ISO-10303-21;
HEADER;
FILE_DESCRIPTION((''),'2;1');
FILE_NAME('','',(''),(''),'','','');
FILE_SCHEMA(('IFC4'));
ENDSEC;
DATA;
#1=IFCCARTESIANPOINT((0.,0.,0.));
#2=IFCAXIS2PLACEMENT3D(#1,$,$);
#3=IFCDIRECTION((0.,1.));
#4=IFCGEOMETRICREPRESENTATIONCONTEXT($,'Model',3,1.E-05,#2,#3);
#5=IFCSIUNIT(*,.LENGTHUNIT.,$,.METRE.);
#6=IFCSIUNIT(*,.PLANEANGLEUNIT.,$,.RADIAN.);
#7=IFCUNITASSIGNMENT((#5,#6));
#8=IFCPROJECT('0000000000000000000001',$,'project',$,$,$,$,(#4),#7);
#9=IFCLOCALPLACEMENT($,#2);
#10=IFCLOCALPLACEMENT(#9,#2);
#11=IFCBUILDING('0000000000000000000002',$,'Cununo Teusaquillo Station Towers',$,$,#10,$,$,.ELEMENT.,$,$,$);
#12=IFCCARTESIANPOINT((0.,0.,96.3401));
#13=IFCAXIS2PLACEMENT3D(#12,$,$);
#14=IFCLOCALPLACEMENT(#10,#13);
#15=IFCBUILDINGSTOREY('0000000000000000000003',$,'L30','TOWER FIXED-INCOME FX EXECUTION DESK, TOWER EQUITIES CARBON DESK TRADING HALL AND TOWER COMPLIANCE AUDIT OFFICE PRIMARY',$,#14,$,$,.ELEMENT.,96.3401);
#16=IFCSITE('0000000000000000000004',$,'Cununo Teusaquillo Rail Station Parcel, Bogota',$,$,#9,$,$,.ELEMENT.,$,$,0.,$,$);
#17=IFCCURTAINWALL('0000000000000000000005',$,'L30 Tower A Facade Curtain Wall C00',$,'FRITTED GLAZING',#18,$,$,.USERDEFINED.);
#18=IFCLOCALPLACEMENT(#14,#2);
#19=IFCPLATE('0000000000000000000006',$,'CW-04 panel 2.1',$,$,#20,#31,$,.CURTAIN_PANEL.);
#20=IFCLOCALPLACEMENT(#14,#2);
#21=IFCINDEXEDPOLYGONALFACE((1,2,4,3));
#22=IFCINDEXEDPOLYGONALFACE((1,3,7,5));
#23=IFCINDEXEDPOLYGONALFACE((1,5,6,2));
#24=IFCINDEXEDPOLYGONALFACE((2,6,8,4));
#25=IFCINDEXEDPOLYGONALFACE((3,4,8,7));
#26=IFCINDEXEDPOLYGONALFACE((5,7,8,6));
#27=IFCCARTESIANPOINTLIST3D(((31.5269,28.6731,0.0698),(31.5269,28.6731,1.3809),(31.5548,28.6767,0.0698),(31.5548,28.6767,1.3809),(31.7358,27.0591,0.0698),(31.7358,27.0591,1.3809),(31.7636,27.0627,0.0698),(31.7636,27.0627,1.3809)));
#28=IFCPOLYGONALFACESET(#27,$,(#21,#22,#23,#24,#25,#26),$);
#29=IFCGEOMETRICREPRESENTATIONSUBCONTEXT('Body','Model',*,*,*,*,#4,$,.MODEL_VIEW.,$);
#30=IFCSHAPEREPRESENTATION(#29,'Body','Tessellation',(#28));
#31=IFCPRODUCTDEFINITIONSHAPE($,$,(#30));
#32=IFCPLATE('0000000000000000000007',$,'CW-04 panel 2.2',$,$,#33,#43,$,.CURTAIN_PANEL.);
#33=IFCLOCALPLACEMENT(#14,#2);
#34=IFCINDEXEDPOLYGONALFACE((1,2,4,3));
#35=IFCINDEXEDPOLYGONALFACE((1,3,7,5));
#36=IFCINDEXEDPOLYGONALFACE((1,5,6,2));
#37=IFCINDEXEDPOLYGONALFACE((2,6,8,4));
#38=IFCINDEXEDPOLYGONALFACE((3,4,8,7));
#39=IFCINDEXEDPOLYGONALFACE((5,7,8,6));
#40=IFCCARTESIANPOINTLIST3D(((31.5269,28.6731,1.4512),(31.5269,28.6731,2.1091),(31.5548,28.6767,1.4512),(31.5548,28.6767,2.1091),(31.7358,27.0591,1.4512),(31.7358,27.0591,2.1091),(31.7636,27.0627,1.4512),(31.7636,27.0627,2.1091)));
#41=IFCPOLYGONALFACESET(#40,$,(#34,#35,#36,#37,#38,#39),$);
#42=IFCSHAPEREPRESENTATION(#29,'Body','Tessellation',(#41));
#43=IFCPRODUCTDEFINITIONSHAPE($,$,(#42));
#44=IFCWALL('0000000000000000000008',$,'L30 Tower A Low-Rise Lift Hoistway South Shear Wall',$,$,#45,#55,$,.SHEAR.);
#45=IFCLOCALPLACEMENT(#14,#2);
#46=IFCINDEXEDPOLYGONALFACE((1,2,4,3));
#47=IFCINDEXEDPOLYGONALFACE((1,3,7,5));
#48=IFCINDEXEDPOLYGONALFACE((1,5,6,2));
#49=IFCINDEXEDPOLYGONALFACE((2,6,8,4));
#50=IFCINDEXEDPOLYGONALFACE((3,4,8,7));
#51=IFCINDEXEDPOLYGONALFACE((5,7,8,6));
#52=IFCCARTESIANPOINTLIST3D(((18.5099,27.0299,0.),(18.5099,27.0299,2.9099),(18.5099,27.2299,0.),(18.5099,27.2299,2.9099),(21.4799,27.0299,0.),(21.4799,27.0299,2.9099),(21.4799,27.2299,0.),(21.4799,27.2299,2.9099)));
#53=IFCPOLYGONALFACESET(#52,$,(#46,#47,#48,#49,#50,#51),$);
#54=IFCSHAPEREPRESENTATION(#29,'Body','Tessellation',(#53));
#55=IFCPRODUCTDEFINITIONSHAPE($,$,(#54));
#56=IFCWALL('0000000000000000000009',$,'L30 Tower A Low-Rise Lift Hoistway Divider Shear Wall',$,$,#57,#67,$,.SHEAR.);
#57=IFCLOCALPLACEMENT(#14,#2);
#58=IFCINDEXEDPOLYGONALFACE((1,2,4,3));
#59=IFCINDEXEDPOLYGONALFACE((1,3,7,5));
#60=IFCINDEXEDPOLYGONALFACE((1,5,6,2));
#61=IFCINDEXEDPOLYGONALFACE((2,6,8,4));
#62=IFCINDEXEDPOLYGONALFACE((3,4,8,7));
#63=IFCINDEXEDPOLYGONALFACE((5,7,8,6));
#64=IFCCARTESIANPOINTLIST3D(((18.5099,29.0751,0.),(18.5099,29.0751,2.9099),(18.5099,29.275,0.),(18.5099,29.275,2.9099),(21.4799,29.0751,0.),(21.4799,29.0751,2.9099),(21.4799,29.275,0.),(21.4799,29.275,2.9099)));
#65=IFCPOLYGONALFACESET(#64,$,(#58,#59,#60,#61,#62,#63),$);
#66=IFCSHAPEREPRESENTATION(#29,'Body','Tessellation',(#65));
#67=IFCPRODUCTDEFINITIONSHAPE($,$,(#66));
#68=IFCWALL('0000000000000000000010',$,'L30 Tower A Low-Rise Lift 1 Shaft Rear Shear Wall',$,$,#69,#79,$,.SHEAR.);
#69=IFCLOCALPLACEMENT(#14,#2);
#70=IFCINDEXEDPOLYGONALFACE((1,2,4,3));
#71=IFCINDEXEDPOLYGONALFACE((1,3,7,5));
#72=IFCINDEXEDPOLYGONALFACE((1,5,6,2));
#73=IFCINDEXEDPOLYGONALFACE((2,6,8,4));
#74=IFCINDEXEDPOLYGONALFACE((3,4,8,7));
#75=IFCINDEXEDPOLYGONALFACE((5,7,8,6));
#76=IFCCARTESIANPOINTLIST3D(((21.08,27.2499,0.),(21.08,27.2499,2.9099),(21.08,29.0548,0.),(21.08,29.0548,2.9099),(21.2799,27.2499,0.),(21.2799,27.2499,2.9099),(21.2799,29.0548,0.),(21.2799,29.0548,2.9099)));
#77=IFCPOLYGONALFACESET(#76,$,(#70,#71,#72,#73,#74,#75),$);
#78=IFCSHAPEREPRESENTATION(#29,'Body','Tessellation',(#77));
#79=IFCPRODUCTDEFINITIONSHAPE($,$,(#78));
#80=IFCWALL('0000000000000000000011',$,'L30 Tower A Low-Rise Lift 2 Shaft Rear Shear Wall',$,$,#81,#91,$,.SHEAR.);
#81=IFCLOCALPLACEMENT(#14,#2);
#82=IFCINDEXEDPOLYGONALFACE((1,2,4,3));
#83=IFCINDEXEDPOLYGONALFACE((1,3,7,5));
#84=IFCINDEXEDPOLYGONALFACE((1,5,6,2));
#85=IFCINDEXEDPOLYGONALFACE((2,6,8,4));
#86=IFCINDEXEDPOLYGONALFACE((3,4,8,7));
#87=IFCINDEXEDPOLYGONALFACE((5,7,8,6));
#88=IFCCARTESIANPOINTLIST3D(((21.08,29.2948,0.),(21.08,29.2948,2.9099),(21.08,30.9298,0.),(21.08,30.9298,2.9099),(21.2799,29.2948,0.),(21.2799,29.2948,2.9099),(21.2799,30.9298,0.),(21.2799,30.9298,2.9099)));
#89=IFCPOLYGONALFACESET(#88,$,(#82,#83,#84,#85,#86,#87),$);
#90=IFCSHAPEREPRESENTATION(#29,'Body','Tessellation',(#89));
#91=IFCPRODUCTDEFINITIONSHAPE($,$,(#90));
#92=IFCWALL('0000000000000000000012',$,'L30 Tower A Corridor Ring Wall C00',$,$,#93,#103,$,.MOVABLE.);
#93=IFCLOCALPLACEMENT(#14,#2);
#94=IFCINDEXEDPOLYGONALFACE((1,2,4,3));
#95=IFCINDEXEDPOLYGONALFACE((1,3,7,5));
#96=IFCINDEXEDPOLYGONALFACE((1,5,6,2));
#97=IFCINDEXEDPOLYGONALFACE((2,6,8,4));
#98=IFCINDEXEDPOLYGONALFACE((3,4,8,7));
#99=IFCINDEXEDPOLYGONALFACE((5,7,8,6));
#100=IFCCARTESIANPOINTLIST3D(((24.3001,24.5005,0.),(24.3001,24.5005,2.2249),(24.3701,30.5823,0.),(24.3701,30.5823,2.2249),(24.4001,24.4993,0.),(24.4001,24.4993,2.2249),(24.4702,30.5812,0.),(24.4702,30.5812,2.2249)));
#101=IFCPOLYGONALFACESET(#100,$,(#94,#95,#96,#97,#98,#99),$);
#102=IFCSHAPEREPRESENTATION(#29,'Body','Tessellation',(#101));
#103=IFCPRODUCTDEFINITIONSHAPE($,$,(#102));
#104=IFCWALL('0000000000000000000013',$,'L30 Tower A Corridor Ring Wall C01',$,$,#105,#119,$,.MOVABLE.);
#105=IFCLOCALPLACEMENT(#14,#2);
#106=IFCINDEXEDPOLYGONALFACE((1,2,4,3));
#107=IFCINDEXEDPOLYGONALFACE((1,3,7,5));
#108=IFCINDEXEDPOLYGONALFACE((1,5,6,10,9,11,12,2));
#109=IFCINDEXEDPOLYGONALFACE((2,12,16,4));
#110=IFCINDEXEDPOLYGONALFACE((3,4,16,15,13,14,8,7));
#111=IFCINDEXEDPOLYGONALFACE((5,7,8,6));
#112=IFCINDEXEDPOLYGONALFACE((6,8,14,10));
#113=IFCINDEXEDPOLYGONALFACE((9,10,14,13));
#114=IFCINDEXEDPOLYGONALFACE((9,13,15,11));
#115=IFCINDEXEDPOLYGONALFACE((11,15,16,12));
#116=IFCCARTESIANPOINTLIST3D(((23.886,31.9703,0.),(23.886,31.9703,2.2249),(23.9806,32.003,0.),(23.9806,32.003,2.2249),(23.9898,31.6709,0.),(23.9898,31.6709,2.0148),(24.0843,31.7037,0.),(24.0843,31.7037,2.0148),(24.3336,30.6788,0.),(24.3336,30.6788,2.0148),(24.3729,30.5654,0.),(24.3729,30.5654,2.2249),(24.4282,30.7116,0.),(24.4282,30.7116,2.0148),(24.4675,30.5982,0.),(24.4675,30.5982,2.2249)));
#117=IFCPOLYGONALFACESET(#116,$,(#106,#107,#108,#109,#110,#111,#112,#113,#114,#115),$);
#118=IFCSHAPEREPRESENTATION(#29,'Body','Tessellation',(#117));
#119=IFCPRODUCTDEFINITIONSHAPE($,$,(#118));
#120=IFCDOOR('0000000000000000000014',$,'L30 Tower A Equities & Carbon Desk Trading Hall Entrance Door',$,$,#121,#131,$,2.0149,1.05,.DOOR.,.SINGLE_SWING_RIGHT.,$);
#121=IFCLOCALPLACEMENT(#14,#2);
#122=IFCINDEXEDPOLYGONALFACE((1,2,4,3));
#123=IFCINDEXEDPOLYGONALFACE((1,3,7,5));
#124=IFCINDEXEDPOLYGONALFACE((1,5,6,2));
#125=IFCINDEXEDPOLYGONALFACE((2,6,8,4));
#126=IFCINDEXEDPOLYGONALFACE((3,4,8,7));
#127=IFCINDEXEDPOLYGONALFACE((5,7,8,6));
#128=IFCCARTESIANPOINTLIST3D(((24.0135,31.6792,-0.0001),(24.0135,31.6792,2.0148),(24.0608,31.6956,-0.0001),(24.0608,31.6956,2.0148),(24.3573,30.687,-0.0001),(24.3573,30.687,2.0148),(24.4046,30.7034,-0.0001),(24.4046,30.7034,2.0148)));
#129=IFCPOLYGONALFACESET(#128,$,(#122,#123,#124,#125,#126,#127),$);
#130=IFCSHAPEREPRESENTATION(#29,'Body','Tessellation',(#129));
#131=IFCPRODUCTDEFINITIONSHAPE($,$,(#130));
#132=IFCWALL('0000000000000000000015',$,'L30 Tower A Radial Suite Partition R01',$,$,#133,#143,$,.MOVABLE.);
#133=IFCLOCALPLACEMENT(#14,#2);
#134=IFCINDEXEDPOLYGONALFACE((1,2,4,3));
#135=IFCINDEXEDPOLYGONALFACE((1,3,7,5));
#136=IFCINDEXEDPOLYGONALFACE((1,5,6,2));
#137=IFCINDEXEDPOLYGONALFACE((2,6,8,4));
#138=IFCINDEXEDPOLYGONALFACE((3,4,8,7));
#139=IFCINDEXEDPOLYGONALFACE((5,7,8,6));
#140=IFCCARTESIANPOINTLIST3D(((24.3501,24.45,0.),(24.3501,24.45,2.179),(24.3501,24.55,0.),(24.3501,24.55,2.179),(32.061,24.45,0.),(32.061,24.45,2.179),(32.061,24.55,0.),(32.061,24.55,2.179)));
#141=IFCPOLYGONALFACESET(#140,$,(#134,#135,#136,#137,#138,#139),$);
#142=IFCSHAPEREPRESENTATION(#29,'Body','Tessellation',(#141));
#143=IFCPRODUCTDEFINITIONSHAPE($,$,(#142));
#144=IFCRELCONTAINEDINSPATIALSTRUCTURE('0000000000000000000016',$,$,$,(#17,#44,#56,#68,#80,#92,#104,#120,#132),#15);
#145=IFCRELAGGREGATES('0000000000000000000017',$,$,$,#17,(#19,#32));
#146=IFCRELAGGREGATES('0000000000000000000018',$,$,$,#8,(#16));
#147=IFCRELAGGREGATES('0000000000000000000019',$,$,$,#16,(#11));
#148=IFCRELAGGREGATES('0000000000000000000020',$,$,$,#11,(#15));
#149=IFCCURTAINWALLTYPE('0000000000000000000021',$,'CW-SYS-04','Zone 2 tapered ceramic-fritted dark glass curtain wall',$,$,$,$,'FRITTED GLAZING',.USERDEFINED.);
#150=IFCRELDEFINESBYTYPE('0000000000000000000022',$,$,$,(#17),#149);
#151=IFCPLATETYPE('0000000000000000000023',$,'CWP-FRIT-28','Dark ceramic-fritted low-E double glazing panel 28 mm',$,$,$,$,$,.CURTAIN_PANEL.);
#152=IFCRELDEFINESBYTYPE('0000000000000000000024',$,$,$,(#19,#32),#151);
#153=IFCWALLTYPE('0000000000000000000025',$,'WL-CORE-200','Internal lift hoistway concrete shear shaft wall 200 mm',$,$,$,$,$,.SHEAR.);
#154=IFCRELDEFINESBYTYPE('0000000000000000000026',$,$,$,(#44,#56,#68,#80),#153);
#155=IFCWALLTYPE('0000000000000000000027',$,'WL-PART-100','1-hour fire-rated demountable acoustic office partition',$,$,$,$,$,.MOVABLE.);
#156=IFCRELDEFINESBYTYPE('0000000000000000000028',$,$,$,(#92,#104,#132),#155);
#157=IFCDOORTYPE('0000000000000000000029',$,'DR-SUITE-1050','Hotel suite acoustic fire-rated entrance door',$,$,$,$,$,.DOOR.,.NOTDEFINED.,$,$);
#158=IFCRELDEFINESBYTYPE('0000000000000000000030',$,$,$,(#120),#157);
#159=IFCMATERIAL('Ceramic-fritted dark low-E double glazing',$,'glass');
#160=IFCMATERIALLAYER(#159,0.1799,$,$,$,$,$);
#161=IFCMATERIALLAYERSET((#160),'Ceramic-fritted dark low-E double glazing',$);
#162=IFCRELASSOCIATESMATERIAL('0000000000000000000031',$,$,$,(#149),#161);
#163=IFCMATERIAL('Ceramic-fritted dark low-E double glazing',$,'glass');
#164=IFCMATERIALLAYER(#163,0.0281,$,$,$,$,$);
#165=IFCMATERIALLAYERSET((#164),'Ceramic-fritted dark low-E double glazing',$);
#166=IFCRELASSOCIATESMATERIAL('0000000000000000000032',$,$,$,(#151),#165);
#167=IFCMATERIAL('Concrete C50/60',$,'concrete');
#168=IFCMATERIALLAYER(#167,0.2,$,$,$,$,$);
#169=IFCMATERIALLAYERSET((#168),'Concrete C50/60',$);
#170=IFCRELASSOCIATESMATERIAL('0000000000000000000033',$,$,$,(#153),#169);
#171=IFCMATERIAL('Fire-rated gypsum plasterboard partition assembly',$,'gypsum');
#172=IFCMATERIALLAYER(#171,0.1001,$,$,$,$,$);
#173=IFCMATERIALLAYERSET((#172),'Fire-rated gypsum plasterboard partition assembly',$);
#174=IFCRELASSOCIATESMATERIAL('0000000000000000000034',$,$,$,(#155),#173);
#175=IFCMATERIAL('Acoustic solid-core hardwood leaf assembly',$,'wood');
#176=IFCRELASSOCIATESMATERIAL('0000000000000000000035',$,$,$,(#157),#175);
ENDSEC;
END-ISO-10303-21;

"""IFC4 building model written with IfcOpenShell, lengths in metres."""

from ifc_helpers import new_model, si_unit, direction, frame, frame_2d, origin, origin_2d, place, context, subcontext, project, spatial, rectangle, extrude, source, transform, mapped, material, layer, layer_set, type_object, element, fill, aggregate, save


model = new_model("IFC4")

# Units and contexts
model_context = context("Model", 3, precision=1e-05, world=origin(), true_north=direction((0.0, 1.0)))
body_context = subcontext(model_context, "Body", "Model", "MODEL_VIEW")
ifc_project = project(units=[si_unit("LENGTHUNIT", "METRE"), si_unit("PLANEANGLEUNIT", "RADIAN")], contexts=[model_context])

# Site, building, storey
site_placement = place(None, origin())
site = spatial("IfcSite", under=ifc_project, at=site_placement, Name="Cununo Teusaquillo Rail Station Parcel, Bogota", CompositionType="ELEMENT", RefElevation=0.0)
building_placement = place(site_placement, origin())
building = spatial("IfcBuilding", under=site, at=building_placement, Name="Cununo Teusaquillo Station Towers", CompositionType="ELEMENT")
storey_placement = place(building_placement, frame((0.0, 0.0, 96.3401)))
storey = spatial("IfcBuildingStorey", under=building, at=storey_placement, Name="L30", Description="TOWER FIXED-INCOME FX EXECUTION DESK, TOWER EQUITIES CARBON DESK TRADING HALL AND TOWER COMPLIANCE AUDIT OFFICE PRIMARY", CompositionType="ELEMENT", Elevation=96.3401)

# Curtain wall, plates
ifc_material_1 = material(Name="Ceramic-fritted dark low-E double glazing", Category="glass")
ifc_layer_1 = layer(ifc_material_1, 0.1799)
ifc_layer_set_1 = layer_set([ifc_layer_1], Name="Ceramic-fritted dark low-E double glazing")
curtain_wall_type = type_object("IfcCurtainWallType", Name="CW-SYS-04", Description="Zone 2 tapered ceramic-fritted dark glass curtain wall", ElementType="FRITTED GLAZING", PredefinedType="USERDEFINED", material=ifc_layer_set_1)
curtain_wall_placement = place(storey_placement, origin())
curtain_wall = element("IfcCurtainWall", 1, at=curtain_wall_placement, inside=storey, type_object=curtain_wall_type, Name="L30 Tower A Facade Curtain Wall C00", ObjectType="FRITTED GLAZING", PredefinedType="USERDEFINED")
ifc_material_2 = material(Name="Ceramic-fritted dark low-E double glazing", Category="glass")
ifc_layer_2 = layer(ifc_material_2, 0.0281)
ifc_layer_set_2 = layer_set([ifc_layer_2], Name="Ceramic-fritted dark low-E double glazing")
plate_type = type_object("IfcPlateType", Name="CWP-FRIT-28", Description="Dark ceramic-fritted low-E double glazing panel 28 mm", PredefinedType="CURTAIN_PANEL", material=ifc_layer_set_2)
shared_shape_1 = source(origin(), body_context, "Body", "SweptSolid", [
    extrude(rectangle(XDim=1.6274, YDim=0.0281, at=origin_2d()), origin(), (0.0, 0.0, 1.0), 1.311),
])
plate_1_placement = place(storey_placement, frame((31.6453, 27.8679, 0.0698), z_axis=(0.0, 0.0, 1.0), x_axis=(0.128336, -0.991731, 0.0)))
plate_1 = element("IfcPlate", 2, at=plate_1_placement, type_object=plate_type, Name="CW-04 panel 2.1", PredefinedType="CURTAIN_PANEL", context=body_context, shape_type="MappedRepresentation", body=[
    mapped(shared_shape_1, transform((0.0, 0.0, 0.0), x_axis=(1.0, 0.0, 0.0), y_axis=(0.0, 1.0, 0.0), z_axis=(0.0, 0.0, 1.0), scale=1.0)),
])
shared_shape_2 = source(origin(), body_context, "Body", "SweptSolid", [
    extrude(rectangle(XDim=1.6274, YDim=0.0281, at=origin_2d()), origin(), (0.0, 0.0, 1.0), 0.658),
])
plate_2_placement = place(storey_placement, frame((31.6453, 27.8679, 1.4512), z_axis=(0.0, 0.0, 1.0), x_axis=(0.128336, -0.991731, 0.0)))
plate_2 = element("IfcPlate", 3, at=plate_2_placement, type_object=plate_type, Name="CW-04 panel 2.2", PredefinedType="CURTAIN_PANEL", context=body_context, shape_type="MappedRepresentation", body=[
    mapped(shared_shape_2, transform((0.0, 0.0, 0.0), x_axis=(1.0, 0.0, 0.0), y_axis=(0.0, 1.0, 0.0), z_axis=(0.0, 0.0, 1.0), scale=1.0)),
])
aggregate(curtain_wall, [plate_1, plate_2])

# Walls
ifc_material_3 = material(Name="Concrete C50/60", Category="concrete")
ifc_layer_3 = layer(ifc_material_3, 0.2)
ifc_layer_set_3 = layer_set([ifc_layer_3], Name="Concrete C50/60")
wall_type_1 = type_object("IfcWallType", Name="WL-CORE-200", Description="Internal lift hoistway concrete shear shaft wall 200 mm", PredefinedType="SHEAR", material=ifc_layer_set_3)
for number, where, z_axis, x_axis, name in (
    (4, (18.51, 27.1299, 0.0), (0.0, 0.0, 1.0), (1.0, 0.0, 0.0), "L30 Tower A Low-Rise Lift Hoistway South Shear Wall"),
    (5, (18.51, 29.175, 0.0), (0.0, 0.0, 1.0), (1.0, 0.0, 0.0), "L30 Tower A Low-Rise Lift Hoistway Divider Shear Wall"),
):
    element("IfcWall", number, at=place(storey_placement, frame(where, z_axis=z_axis, x_axis=x_axis)), inside=storey, type_object=wall_type_1, Name=name, PredefinedType="SHEAR", context=body_context, shape_type="SweptSolid", body=[
        extrude(rectangle(XDim=2.97, YDim=0.2, at=frame_2d((1.4849, 0.0))), origin(), (0.0, 0.0, 1.0), 2.9099),
    ])
wall_1_placement = place(storey_placement, frame((21.1799, 27.25, 0.0), z_axis=(0.0, 0.0, 1.0), x_axis=(0.0, 1.0, 0.0)))
element("IfcWall", 6, at=wall_1_placement, inside=storey, type_object=wall_type_1, Name="L30 Tower A Low-Rise Lift 1 Shaft Rear Shear Wall", PredefinedType="SHEAR", context=body_context, shape_type="SweptSolid", body=[
    extrude(rectangle(XDim=1.8049, YDim=0.2, at=frame_2d((0.9023, 0.0))), origin(), (0.0, 0.0, 1.0), 2.9099),
])
wall_2_placement = place(storey_placement, frame((21.1799, 29.2949, 0.0), z_axis=(0.0, 0.0, 1.0), x_axis=(0.0, 1.0, 0.0)))
element("IfcWall", 7, at=wall_2_placement, inside=storey, type_object=wall_type_1, Name="L30 Tower A Low-Rise Lift 2 Shaft Rear Shear Wall", PredefinedType="SHEAR", context=body_context, shape_type="SweptSolid", body=[
    extrude(rectangle(XDim=1.635, YDim=0.2, at=frame_2d((0.8174, 0.0))), origin(), (0.0, 0.0, 1.0), 2.9099),
])
ifc_material_4 = material(Name="Fire-rated gypsum plasterboard partition assembly", Category="gypsum")
ifc_layer_4 = layer(ifc_material_4, 0.1001)
ifc_layer_set_4 = layer_set([ifc_layer_4], Name="Fire-rated gypsum plasterboard partition assembly")
wall_type_2 = type_object("IfcWallType", Name="WL-PART-100", Description="1-hour fire-rated demountable acoustic office partition", PredefinedType="MOVABLE", material=ifc_layer_set_4)
wall_3_placement = place(storey_placement, frame((24.3501, 24.5, 0.0), z_axis=(0.0, 0.0, 1.0), x_axis=(0.01152, 0.999934, 0.0)))
element("IfcWall", 8, at=wall_3_placement, inside=storey, type_object=wall_type_2, Name="L30 Tower A Corridor Ring Wall C00", PredefinedType="MOVABLE", context=body_context, shape_type="SweptSolid", body=[
    extrude(rectangle(XDim=6.0823, YDim=0.1001, at=frame_2d((3.041, 0.0))), origin(), (0.0, 0.0, 1.0), 2.2249),
])

# Wall, opening, door
wall_4_placement = place(storey_placement, frame((24.4202, 30.5818, 0.0), z_axis=(0.0, 0.0, 1.0), x_axis=(-0.327438, 0.944873, 0.0)))
wall_4 = element("IfcWall", 9, at=wall_4_placement, inside=storey, type_object=wall_type_2, Name="L30 Tower A Corridor Ring Wall C01", PredefinedType="MOVABLE", context=body_context, shape_type="SweptSolid", body=[
    extrude(rectangle(XDim=1.4868, YDim=0.1001, at=frame_2d((0.7434, 0.0))), origin(), (0.0, 0.0, 1.0), 2.2249),
])
shared_shape_3 = source(origin(), body_context, "Body", "SweptSolid", [
    extrude(rectangle(XDim=1.05, YDim=2.0149, at=frame_2d((0.5249, 1.0073))), frame((0.0, 0.0601, 0.0), z_axis=(0.0, -1.0, 0.0), x_axis=(1.0, 0.0, 0.0)), (0.0, 0.0, 1.0), 0.1201),
])
opening_placement = place(wall_4_placement, frame((0.1201, 0.0, 0.0)))
opening = element("IfcOpeningElement", 10, at=opening_placement, cuts=wall_4, PredefinedType="OPENING", context=body_context, shape_type="MappedRepresentation", body=[
    mapped(shared_shape_3, transform((0.0, 0.0, 0.0), x_axis=(1.0, 0.0, 0.0), y_axis=(0.0, 1.0, 0.0), z_axis=(0.0, 0.0, 1.0), scale=1.0)),
])
ifc_material_5 = material(Name="Acoustic solid-core hardwood leaf assembly", Category="wood")
door_type = type_object("IfcDoorType", Name="DR-SUITE-1050", Description="Hotel suite acoustic fire-rated entrance door", OperationType="NOTDEFINED", PredefinedType="DOOR", material=ifc_material_5)
shared_shape_4 = source(origin(), body_context, "Body", "SweptSolid", [
    extrude(rectangle(XDim=1.05, YDim=2.0149, at=frame_2d((0.5249, 1.0073))), frame((0.0, 0.0249, 0.0), z_axis=(0.0, -1.0, 0.0), x_axis=(1.0, 0.0, 0.0)), (0.0, 0.0, 1.0), 0.05),
])
door_placement = place(opening_placement, origin())
door = element("IfcDoor", 11, at=door_placement, inside=storey, type_object=door_type, Name="L30 Tower A Equities & Carbon Desk Trading Hall Entrance Door", OperationType="SINGLE_SWING_RIGHT", OverallHeight=2.0149, OverallWidth=1.05, PredefinedType="DOOR", context=body_context, shape_type="MappedRepresentation", body=[
    mapped(shared_shape_4, transform((0.0, 0.0, 0.0), x_axis=(1.0, 0.0, 0.0), y_axis=(0.0, 1.0, 0.0), z_axis=(0.0, 0.0, 1.0), scale=1.0)),
])
fill(opening, door)

# Wall
wall_5_placement = place(storey_placement, frame((24.3501, 24.5, 0.0), z_axis=(0.0, 0.0, 1.0), x_axis=(1.0, 0.0, 0.0)))
element("IfcWall", 12, at=wall_5_placement, inside=storey, type_object=wall_type_2, Name="L30 Tower A Radial Suite Partition R01", PredefinedType="MOVABLE", context=body_context, shape_type="SweptSolid", body=[
    extrude(rectangle(XDim=7.7109, YDim=0.1001, at=frame_2d((3.8555, 0.0))), origin(), (0.0, 0.0, 1.0), 2.179),
])

save(model, "model.ifc")
